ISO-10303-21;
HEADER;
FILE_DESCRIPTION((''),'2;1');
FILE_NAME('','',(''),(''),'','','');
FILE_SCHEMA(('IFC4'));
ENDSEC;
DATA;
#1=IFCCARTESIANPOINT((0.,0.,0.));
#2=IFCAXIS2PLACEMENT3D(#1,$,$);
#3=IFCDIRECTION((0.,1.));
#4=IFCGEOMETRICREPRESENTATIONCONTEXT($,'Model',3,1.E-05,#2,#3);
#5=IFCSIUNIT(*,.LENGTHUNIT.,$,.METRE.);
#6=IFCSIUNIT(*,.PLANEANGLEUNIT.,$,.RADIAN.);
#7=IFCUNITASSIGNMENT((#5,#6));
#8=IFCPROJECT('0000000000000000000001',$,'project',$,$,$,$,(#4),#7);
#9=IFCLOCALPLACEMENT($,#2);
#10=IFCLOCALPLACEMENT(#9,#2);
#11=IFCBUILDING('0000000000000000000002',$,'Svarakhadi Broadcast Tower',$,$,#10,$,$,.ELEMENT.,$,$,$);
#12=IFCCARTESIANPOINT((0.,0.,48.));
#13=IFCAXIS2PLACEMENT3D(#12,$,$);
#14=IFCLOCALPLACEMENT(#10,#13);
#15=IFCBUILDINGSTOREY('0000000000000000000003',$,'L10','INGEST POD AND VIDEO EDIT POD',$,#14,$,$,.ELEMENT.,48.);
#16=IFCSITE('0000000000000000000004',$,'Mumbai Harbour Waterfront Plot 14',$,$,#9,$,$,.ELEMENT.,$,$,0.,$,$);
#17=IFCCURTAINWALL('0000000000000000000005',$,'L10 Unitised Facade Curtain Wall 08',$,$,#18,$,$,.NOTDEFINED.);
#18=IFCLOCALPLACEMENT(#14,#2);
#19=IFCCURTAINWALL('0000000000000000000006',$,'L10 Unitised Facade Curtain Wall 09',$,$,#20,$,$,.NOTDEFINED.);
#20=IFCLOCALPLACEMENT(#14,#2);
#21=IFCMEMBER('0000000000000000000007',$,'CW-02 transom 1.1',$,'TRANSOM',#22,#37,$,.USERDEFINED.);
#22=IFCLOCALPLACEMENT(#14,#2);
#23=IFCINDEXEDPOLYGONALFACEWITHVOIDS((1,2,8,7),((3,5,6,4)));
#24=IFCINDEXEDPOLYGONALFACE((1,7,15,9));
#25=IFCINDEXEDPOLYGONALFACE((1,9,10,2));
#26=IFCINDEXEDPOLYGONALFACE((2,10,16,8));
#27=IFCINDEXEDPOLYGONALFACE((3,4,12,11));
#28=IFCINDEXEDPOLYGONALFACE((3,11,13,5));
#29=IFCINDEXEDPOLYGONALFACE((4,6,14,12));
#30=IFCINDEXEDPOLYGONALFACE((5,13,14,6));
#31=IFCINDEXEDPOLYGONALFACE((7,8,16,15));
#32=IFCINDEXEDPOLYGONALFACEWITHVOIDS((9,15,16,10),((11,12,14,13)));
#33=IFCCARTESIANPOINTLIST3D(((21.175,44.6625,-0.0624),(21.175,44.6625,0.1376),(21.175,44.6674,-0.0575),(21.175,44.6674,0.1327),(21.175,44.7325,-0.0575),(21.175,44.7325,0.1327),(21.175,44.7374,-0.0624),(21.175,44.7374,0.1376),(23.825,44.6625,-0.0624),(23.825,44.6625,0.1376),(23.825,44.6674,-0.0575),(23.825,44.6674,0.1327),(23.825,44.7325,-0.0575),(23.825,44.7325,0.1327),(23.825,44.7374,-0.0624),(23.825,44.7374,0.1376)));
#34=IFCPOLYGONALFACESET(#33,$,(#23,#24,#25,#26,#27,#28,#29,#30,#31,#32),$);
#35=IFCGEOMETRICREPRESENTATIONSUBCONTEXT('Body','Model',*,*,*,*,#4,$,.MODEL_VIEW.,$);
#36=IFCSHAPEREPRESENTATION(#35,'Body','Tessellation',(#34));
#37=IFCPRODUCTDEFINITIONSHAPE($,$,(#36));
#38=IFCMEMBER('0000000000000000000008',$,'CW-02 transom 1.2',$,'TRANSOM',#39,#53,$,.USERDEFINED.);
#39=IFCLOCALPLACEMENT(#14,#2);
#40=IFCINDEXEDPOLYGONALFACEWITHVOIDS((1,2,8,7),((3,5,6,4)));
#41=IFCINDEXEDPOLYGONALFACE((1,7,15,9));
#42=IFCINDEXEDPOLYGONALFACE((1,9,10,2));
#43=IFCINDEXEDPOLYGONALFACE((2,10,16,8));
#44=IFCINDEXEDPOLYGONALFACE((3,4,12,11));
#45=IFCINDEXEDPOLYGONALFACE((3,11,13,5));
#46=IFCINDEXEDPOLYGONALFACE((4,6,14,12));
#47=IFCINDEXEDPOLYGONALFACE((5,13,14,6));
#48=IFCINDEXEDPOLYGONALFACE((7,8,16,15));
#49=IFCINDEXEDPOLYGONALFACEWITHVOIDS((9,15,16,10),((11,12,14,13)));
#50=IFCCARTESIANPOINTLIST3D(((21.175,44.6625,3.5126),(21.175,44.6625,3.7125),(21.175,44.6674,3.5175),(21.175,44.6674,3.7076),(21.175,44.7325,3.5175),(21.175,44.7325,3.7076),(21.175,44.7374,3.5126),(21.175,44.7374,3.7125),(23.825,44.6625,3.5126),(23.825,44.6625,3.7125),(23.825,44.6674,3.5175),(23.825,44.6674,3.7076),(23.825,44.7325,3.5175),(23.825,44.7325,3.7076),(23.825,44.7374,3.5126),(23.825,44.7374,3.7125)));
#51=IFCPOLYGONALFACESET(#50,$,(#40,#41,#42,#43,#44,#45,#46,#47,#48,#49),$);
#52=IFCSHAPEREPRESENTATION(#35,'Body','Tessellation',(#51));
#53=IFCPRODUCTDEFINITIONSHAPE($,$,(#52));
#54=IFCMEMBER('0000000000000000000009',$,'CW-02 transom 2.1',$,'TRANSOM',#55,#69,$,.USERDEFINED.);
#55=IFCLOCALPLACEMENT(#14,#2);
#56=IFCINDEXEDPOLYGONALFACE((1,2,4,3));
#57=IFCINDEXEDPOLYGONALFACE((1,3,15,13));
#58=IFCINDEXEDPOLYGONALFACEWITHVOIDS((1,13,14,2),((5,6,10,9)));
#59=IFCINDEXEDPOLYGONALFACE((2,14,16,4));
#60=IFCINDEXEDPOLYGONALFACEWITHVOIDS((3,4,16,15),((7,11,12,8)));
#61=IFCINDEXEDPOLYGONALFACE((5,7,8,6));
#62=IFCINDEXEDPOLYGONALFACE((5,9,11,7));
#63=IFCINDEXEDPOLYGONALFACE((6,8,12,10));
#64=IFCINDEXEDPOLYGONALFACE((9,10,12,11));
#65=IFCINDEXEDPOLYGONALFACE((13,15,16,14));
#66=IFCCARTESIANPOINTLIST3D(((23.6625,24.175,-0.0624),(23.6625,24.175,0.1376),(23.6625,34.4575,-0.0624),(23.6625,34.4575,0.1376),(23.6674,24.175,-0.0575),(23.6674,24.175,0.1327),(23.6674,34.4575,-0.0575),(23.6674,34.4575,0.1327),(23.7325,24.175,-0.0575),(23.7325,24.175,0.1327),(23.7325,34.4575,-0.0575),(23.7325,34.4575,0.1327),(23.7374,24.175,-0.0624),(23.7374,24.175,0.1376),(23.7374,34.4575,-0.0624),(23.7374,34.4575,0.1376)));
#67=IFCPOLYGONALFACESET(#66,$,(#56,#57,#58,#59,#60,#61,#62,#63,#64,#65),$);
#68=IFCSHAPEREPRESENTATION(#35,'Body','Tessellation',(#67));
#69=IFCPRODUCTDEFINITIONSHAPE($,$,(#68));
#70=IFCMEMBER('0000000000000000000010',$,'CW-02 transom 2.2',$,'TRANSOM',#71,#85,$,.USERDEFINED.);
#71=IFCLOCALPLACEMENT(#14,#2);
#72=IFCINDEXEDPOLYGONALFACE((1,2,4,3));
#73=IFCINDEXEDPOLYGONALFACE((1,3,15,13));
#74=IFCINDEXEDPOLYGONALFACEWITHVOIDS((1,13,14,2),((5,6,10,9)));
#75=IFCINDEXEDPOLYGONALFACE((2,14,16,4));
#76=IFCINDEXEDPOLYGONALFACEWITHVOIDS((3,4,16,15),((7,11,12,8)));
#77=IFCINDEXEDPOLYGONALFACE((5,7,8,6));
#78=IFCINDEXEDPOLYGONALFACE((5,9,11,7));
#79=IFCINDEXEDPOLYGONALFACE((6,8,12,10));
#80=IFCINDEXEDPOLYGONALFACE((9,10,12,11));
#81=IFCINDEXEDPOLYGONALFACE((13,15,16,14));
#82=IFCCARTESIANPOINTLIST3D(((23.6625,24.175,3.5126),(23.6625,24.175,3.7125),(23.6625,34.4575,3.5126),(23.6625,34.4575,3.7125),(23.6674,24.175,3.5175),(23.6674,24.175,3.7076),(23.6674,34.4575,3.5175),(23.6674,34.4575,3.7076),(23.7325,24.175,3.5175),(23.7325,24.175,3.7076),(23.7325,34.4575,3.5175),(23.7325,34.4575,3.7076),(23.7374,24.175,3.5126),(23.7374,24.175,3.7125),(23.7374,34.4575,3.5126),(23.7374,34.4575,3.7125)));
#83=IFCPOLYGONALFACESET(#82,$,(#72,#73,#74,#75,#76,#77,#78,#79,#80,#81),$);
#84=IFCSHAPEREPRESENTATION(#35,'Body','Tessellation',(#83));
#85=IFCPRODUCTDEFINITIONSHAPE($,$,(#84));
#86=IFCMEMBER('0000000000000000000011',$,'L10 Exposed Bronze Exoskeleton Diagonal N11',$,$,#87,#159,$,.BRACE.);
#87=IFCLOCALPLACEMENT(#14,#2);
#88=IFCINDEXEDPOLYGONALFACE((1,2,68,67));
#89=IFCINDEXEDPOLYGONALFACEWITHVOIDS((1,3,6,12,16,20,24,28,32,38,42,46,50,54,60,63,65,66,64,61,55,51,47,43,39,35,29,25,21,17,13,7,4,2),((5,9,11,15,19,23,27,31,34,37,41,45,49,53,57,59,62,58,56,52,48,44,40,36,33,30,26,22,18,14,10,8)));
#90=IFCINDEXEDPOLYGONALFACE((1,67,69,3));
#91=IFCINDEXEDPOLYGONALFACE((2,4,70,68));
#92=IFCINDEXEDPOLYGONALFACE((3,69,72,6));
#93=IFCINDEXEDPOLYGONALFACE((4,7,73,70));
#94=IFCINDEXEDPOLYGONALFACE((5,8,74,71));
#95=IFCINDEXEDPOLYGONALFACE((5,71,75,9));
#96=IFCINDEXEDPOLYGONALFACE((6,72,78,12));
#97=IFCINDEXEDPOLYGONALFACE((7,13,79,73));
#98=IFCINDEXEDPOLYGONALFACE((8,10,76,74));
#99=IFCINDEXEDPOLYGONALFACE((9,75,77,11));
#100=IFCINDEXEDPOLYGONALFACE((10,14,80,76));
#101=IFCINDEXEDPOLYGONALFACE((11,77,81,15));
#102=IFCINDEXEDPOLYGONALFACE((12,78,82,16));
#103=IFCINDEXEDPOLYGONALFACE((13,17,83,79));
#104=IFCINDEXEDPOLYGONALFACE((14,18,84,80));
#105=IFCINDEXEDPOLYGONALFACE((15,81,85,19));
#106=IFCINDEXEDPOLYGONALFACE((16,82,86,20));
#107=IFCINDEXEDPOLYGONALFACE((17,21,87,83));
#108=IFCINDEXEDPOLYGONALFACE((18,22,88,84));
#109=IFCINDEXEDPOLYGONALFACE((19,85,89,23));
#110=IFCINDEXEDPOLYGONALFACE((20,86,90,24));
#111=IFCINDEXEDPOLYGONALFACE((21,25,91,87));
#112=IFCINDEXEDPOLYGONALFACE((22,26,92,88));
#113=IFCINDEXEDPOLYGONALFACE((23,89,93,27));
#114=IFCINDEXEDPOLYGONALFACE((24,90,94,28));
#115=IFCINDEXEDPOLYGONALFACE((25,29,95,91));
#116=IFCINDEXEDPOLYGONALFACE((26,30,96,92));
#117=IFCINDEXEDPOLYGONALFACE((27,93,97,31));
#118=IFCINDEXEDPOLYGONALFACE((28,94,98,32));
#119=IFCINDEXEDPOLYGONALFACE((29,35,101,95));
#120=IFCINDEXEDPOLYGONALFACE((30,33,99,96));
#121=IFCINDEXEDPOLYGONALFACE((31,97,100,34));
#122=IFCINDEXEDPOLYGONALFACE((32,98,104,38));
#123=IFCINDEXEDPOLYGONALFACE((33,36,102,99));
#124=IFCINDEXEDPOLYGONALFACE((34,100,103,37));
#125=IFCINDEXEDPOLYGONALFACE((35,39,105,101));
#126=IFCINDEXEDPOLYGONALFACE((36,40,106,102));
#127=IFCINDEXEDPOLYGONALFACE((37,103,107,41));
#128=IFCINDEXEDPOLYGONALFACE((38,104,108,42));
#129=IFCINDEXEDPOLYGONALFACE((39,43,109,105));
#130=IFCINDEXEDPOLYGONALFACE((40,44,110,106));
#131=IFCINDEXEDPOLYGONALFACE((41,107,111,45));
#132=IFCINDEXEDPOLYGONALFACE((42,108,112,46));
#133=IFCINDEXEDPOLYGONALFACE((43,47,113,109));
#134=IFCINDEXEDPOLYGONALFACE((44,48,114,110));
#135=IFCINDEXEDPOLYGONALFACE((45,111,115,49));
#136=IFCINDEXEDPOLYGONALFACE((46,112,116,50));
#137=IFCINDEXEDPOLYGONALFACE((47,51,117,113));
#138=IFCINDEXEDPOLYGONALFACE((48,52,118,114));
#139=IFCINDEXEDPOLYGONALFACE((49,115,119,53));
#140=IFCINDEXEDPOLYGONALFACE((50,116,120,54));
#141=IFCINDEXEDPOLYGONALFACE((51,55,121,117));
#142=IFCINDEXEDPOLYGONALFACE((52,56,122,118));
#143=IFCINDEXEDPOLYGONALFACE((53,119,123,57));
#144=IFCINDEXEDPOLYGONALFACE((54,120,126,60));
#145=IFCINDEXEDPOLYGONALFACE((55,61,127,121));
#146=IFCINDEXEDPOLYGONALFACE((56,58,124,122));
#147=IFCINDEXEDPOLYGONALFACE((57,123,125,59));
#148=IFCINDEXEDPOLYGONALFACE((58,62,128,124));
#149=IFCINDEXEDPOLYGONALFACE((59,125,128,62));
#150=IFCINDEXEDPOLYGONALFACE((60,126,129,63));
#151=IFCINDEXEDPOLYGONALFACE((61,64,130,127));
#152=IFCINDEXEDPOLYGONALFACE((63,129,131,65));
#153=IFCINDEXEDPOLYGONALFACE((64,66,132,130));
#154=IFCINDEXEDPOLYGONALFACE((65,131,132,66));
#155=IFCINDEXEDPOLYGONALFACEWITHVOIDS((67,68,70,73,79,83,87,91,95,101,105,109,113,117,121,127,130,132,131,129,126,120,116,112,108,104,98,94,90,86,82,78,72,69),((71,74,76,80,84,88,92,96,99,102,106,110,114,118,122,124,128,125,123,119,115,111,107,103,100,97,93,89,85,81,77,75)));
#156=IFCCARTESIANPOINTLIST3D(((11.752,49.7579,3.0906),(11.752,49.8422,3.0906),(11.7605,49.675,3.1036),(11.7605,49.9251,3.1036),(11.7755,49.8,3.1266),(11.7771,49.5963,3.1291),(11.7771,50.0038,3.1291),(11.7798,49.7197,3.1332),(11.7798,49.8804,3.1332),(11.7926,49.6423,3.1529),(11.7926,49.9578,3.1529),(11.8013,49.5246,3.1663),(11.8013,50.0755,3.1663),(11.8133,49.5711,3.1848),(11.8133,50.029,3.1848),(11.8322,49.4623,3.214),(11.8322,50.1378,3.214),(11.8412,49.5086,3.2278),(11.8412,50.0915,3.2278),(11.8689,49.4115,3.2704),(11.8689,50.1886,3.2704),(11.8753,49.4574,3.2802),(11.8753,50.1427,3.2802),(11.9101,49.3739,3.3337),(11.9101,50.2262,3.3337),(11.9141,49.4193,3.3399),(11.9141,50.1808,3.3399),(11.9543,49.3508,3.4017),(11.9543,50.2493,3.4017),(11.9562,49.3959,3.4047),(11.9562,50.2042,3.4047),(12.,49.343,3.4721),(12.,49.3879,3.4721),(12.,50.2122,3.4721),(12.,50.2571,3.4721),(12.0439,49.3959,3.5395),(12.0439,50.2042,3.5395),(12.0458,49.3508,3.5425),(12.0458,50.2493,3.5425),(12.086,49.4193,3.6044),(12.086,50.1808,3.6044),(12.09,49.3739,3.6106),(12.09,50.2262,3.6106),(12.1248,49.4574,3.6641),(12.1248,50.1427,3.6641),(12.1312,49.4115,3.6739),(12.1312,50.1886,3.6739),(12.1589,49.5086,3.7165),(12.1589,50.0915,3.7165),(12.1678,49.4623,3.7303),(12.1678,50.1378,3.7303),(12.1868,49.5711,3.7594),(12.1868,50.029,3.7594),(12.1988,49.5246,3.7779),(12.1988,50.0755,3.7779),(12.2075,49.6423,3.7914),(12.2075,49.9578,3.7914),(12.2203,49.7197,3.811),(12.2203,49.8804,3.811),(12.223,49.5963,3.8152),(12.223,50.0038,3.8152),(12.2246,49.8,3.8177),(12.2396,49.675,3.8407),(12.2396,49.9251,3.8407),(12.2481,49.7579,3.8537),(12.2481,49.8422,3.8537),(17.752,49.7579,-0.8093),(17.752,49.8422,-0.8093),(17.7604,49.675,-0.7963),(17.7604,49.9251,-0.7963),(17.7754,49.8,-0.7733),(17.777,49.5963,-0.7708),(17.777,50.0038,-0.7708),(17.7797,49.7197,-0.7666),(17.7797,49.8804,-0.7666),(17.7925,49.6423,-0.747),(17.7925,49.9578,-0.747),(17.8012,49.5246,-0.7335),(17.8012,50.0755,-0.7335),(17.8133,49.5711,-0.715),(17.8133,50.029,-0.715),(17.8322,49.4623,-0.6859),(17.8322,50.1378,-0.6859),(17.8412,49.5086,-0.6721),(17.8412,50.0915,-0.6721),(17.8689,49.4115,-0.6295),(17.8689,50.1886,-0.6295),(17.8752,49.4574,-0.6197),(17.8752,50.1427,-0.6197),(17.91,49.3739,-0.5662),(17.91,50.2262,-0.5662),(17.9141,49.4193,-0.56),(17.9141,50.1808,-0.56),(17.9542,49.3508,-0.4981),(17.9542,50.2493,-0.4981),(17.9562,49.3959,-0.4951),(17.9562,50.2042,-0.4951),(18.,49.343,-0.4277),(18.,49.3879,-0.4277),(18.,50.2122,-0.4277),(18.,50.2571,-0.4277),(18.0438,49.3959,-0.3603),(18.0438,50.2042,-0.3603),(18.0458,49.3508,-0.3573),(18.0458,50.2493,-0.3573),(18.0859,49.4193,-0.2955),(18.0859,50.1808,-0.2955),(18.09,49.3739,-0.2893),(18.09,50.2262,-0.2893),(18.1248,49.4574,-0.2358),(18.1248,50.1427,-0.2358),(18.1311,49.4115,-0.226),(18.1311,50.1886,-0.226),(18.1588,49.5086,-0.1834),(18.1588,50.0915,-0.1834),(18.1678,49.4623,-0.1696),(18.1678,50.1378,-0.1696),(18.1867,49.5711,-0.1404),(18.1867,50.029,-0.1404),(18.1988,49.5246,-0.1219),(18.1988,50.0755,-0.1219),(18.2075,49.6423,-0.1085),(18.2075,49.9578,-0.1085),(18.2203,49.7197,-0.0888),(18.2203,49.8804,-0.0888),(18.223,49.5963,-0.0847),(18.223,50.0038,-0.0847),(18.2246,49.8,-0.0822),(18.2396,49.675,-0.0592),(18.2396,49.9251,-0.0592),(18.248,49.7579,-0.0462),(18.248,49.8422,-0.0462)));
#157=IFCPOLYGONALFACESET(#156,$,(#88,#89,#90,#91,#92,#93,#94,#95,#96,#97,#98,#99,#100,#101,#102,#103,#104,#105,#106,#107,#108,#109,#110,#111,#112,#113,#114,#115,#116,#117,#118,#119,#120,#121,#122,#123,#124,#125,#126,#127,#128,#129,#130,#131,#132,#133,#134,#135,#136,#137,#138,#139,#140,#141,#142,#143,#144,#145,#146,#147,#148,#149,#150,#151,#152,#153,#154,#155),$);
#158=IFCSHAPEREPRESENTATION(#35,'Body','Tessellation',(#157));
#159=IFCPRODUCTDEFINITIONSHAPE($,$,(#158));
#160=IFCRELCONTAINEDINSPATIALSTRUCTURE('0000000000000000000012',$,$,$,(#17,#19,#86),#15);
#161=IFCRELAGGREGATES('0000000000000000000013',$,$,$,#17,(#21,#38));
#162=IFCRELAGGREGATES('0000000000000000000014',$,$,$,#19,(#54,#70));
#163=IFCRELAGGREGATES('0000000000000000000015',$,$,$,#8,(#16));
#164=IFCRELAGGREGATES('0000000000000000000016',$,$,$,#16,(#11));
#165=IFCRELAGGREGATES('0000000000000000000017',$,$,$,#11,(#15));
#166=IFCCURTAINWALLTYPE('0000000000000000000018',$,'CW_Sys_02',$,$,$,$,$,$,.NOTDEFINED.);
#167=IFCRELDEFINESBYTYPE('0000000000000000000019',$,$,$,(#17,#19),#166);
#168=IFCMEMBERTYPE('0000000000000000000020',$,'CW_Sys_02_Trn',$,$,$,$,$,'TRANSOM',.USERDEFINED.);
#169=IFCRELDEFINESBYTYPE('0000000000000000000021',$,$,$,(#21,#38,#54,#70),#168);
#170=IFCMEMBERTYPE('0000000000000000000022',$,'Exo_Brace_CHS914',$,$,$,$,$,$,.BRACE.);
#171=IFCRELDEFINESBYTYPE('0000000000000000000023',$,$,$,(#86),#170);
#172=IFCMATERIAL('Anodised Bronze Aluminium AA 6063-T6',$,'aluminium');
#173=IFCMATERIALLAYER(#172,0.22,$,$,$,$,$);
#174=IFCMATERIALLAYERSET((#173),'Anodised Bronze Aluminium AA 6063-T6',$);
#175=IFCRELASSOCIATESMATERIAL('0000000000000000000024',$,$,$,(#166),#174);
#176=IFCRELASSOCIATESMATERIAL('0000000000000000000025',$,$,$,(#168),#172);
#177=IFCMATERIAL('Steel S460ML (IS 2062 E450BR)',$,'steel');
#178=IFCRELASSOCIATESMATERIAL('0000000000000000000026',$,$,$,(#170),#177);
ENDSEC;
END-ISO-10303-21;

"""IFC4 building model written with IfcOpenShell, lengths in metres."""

from ifc_helpers import new_model, si_unit, direction, frame, origin, origin_2d, place, context, subcontext, project, spatial, hollow_rectangle, hollow_circle, extrude, material, layer, layer_set, material_profile, profile_set, type_object, element, aggregate, save


model = new_model("IFC4")

# Units and contexts
model_context = context("Model", 3, precision=1e-05, world=origin(), true_north=direction((0.0, 1.0)))
body_context = subcontext(model_context, "Body", "Model", "MODEL_VIEW")
ifc_project = project(units=[si_unit("LENGTHUNIT", "METRE"), si_unit("PLANEANGLEUNIT", "RADIAN")], contexts=[model_context])

# Site, building, storey
site_placement = place(None, origin())
site = spatial("IfcSite", under=ifc_project, at=site_placement, Name="Mumbai Harbour Waterfront Plot 14", CompositionType="ELEMENT", RefElevation=0.0)
building_placement = place(site_placement, origin())
building = spatial("IfcBuilding", under=site, at=building_placement, Name="Svarakhadi Broadcast Tower", CompositionType="ELEMENT")
storey_placement = place(building_placement, frame((0.0, 0.0, 48.0)))
storey = spatial("IfcBuildingStorey", under=building, at=storey_placement, Name="L10", Description="INGEST POD AND VIDEO EDIT POD", CompositionType="ELEMENT", Elevation=48.0)

# Shared definitions
ifc_material_1 = material(Name="Anodised Bronze Aluminium AA 6063-T6", Category="aluminium")
ifc_layer_1 = layer(ifc_material_1, 0.22)
ifc_layer_set_1 = layer_set([ifc_layer_1], Name="Anodised Bronze Aluminium AA 6063-T6")
curtain_wall_type = type_object("IfcCurtainWallType", Name="CW_Sys_02", PredefinedType="NOTDEFINED", material=ifc_layer_set_1)

# Curtain wall
curtain_wall_1_placement = place(storey_placement, origin())
curtain_wall_1 = element("IfcCurtainWall", 1, at=curtain_wall_1_placement, inside=storey, type_object=curtain_wall_type, Name="L10 Unitised Facade Curtain Wall 08", PredefinedType="NOTDEFINED")

# Curtain wall
curtain_wall_2_placement = place(storey_placement, origin())
curtain_wall_2 = element("IfcCurtainWall", 2, at=curtain_wall_2_placement, inside=storey, type_object=curtain_wall_type, Name="L10 Unitised Facade Curtain Wall 09", PredefinedType="NOTDEFINED")

# Members
ifc_material_profile_1 = material_profile(ifc_material_1, hollow_rectangle(XDim=0.075, YDim=0.2, WallThickness=0.0049, at=origin_2d()), Name="ALU TRANSOM 200x75x5")
ifc_profile_set_1 = profile_set([ifc_material_profile_1], Name="Anodised Bronze Aluminium AA 6063-T6")
member_type_1 = type_object("IfcMemberType", Name="CW_Sys_02_Trn", ElementType="TRANSOM", PredefinedType="USERDEFINED", material=ifc_profile_set_1)
member_1_placement = place(storey_placement, frame((21.175, 44.7, 0.0376), z_axis=(1.0, 0.0, 0.0), x_axis=(0.0, 1.0, 0.0)))
member_1 = element("IfcMember", 3, at=member_1_placement, type_object=member_type_1, Name="CW-02 transom 1.1", ObjectType="TRANSOM", PredefinedType="USERDEFINED", context=body_context, shape_type="SweptSolid", body=[
    extrude(hollow_rectangle(XDim=0.075, YDim=0.2, WallThickness=0.0049, at=origin_2d()), origin(), (0.0, 0.0, 1.0), 2.6499),
])
member_2_placement = place(storey_placement, frame((21.175, 44.7, 3.6125), z_axis=(1.0, 0.0, 0.0), x_axis=(0.0, 1.0, 0.0)))
member_2 = element("IfcMember", 4, at=member_2_placement, type_object=member_type_1, Name="CW-02 transom 1.2", ObjectType="TRANSOM", PredefinedType="USERDEFINED", context=body_context, shape_type="SweptSolid", body=[
    extrude(hollow_rectangle(XDim=0.075, YDim=0.2, WallThickness=0.0049, at=origin_2d()), origin(), (0.0, 0.0, 1.0), 2.6499),
])
member_3_placement = place(storey_placement, frame((23.7, 34.4575, 0.0376), z_axis=(0.0, -1.0, 0.0), x_axis=(1.0, 0.0, 0.0)))
member_3 = element("IfcMember", 5, at=member_3_placement, type_object=member_type_1, Name="CW-02 transom 2.1", ObjectType="TRANSOM", PredefinedType="USERDEFINED", context=body_context, shape_type="SweptSolid", body=[
    extrude(hollow_rectangle(XDim=0.075, YDim=0.2, WallThickness=0.0049, at=origin_2d()), origin(), (0.0, 0.0, 1.0), 10.2825),
])
member_4_placement = place(storey_placement, frame((23.7, 34.4575, 3.6125), z_axis=(0.0, -1.0, 0.0), x_axis=(1.0, 0.0, 0.0)))
member_4 = element("IfcMember", 6, at=member_4_placement, type_object=member_type_1, Name="CW-02 transom 2.2", ObjectType="TRANSOM", PredefinedType="USERDEFINED", context=body_context, shape_type="SweptSolid", body=[
    extrude(hollow_rectangle(XDim=0.075, YDim=0.2, WallThickness=0.0049, at=origin_2d()), origin(), (0.0, 0.0, 1.0), 10.2825),
])

# Member
ifc_material_2 = material(Name="Steel S460ML (IS 2062 E450BR)", Category="steel")
ifc_material_profile_2 = material_profile(ifc_material_2, hollow_circle(Radius=0.457, WallThickness=0.0449, at=origin_2d()), Name="CHS 914x45")
ifc_profile_set_2 = profile_set([ifc_material_profile_2], Name="Steel S460ML (IS 2062 E450BR)")
member_type_2 = type_object("IfcMemberType", Name="Exo_Brace_CHS914", PredefinedType="BRACE", material=ifc_profile_set_2)
member_5_placement = place(storey_placement, frame((18.0, 49.8, -0.4277), z_axis=(-0.83845, 0.0, 0.544979), x_axis=(0.0, -1.0, 0.0)))
element("IfcMember", 7, at=member_5_placement, inside=storey, type_object=member_type_2, Name="L10 Exposed Bronze Exoskeleton Diagonal N11", PredefinedType="BRACE", context=body_context, shape_type="SweptSolid", body=[
    extrude(hollow_circle(Radius=0.457, WallThickness=0.0449, at=origin_2d()), origin(), (0.0, 0.0, 1.0), 7.156),
])

aggregate(curtain_wall_1, [member_1, member_2])
aggregate(curtain_wall_2, [member_3, member_4])

save(model, "model.ifc")
